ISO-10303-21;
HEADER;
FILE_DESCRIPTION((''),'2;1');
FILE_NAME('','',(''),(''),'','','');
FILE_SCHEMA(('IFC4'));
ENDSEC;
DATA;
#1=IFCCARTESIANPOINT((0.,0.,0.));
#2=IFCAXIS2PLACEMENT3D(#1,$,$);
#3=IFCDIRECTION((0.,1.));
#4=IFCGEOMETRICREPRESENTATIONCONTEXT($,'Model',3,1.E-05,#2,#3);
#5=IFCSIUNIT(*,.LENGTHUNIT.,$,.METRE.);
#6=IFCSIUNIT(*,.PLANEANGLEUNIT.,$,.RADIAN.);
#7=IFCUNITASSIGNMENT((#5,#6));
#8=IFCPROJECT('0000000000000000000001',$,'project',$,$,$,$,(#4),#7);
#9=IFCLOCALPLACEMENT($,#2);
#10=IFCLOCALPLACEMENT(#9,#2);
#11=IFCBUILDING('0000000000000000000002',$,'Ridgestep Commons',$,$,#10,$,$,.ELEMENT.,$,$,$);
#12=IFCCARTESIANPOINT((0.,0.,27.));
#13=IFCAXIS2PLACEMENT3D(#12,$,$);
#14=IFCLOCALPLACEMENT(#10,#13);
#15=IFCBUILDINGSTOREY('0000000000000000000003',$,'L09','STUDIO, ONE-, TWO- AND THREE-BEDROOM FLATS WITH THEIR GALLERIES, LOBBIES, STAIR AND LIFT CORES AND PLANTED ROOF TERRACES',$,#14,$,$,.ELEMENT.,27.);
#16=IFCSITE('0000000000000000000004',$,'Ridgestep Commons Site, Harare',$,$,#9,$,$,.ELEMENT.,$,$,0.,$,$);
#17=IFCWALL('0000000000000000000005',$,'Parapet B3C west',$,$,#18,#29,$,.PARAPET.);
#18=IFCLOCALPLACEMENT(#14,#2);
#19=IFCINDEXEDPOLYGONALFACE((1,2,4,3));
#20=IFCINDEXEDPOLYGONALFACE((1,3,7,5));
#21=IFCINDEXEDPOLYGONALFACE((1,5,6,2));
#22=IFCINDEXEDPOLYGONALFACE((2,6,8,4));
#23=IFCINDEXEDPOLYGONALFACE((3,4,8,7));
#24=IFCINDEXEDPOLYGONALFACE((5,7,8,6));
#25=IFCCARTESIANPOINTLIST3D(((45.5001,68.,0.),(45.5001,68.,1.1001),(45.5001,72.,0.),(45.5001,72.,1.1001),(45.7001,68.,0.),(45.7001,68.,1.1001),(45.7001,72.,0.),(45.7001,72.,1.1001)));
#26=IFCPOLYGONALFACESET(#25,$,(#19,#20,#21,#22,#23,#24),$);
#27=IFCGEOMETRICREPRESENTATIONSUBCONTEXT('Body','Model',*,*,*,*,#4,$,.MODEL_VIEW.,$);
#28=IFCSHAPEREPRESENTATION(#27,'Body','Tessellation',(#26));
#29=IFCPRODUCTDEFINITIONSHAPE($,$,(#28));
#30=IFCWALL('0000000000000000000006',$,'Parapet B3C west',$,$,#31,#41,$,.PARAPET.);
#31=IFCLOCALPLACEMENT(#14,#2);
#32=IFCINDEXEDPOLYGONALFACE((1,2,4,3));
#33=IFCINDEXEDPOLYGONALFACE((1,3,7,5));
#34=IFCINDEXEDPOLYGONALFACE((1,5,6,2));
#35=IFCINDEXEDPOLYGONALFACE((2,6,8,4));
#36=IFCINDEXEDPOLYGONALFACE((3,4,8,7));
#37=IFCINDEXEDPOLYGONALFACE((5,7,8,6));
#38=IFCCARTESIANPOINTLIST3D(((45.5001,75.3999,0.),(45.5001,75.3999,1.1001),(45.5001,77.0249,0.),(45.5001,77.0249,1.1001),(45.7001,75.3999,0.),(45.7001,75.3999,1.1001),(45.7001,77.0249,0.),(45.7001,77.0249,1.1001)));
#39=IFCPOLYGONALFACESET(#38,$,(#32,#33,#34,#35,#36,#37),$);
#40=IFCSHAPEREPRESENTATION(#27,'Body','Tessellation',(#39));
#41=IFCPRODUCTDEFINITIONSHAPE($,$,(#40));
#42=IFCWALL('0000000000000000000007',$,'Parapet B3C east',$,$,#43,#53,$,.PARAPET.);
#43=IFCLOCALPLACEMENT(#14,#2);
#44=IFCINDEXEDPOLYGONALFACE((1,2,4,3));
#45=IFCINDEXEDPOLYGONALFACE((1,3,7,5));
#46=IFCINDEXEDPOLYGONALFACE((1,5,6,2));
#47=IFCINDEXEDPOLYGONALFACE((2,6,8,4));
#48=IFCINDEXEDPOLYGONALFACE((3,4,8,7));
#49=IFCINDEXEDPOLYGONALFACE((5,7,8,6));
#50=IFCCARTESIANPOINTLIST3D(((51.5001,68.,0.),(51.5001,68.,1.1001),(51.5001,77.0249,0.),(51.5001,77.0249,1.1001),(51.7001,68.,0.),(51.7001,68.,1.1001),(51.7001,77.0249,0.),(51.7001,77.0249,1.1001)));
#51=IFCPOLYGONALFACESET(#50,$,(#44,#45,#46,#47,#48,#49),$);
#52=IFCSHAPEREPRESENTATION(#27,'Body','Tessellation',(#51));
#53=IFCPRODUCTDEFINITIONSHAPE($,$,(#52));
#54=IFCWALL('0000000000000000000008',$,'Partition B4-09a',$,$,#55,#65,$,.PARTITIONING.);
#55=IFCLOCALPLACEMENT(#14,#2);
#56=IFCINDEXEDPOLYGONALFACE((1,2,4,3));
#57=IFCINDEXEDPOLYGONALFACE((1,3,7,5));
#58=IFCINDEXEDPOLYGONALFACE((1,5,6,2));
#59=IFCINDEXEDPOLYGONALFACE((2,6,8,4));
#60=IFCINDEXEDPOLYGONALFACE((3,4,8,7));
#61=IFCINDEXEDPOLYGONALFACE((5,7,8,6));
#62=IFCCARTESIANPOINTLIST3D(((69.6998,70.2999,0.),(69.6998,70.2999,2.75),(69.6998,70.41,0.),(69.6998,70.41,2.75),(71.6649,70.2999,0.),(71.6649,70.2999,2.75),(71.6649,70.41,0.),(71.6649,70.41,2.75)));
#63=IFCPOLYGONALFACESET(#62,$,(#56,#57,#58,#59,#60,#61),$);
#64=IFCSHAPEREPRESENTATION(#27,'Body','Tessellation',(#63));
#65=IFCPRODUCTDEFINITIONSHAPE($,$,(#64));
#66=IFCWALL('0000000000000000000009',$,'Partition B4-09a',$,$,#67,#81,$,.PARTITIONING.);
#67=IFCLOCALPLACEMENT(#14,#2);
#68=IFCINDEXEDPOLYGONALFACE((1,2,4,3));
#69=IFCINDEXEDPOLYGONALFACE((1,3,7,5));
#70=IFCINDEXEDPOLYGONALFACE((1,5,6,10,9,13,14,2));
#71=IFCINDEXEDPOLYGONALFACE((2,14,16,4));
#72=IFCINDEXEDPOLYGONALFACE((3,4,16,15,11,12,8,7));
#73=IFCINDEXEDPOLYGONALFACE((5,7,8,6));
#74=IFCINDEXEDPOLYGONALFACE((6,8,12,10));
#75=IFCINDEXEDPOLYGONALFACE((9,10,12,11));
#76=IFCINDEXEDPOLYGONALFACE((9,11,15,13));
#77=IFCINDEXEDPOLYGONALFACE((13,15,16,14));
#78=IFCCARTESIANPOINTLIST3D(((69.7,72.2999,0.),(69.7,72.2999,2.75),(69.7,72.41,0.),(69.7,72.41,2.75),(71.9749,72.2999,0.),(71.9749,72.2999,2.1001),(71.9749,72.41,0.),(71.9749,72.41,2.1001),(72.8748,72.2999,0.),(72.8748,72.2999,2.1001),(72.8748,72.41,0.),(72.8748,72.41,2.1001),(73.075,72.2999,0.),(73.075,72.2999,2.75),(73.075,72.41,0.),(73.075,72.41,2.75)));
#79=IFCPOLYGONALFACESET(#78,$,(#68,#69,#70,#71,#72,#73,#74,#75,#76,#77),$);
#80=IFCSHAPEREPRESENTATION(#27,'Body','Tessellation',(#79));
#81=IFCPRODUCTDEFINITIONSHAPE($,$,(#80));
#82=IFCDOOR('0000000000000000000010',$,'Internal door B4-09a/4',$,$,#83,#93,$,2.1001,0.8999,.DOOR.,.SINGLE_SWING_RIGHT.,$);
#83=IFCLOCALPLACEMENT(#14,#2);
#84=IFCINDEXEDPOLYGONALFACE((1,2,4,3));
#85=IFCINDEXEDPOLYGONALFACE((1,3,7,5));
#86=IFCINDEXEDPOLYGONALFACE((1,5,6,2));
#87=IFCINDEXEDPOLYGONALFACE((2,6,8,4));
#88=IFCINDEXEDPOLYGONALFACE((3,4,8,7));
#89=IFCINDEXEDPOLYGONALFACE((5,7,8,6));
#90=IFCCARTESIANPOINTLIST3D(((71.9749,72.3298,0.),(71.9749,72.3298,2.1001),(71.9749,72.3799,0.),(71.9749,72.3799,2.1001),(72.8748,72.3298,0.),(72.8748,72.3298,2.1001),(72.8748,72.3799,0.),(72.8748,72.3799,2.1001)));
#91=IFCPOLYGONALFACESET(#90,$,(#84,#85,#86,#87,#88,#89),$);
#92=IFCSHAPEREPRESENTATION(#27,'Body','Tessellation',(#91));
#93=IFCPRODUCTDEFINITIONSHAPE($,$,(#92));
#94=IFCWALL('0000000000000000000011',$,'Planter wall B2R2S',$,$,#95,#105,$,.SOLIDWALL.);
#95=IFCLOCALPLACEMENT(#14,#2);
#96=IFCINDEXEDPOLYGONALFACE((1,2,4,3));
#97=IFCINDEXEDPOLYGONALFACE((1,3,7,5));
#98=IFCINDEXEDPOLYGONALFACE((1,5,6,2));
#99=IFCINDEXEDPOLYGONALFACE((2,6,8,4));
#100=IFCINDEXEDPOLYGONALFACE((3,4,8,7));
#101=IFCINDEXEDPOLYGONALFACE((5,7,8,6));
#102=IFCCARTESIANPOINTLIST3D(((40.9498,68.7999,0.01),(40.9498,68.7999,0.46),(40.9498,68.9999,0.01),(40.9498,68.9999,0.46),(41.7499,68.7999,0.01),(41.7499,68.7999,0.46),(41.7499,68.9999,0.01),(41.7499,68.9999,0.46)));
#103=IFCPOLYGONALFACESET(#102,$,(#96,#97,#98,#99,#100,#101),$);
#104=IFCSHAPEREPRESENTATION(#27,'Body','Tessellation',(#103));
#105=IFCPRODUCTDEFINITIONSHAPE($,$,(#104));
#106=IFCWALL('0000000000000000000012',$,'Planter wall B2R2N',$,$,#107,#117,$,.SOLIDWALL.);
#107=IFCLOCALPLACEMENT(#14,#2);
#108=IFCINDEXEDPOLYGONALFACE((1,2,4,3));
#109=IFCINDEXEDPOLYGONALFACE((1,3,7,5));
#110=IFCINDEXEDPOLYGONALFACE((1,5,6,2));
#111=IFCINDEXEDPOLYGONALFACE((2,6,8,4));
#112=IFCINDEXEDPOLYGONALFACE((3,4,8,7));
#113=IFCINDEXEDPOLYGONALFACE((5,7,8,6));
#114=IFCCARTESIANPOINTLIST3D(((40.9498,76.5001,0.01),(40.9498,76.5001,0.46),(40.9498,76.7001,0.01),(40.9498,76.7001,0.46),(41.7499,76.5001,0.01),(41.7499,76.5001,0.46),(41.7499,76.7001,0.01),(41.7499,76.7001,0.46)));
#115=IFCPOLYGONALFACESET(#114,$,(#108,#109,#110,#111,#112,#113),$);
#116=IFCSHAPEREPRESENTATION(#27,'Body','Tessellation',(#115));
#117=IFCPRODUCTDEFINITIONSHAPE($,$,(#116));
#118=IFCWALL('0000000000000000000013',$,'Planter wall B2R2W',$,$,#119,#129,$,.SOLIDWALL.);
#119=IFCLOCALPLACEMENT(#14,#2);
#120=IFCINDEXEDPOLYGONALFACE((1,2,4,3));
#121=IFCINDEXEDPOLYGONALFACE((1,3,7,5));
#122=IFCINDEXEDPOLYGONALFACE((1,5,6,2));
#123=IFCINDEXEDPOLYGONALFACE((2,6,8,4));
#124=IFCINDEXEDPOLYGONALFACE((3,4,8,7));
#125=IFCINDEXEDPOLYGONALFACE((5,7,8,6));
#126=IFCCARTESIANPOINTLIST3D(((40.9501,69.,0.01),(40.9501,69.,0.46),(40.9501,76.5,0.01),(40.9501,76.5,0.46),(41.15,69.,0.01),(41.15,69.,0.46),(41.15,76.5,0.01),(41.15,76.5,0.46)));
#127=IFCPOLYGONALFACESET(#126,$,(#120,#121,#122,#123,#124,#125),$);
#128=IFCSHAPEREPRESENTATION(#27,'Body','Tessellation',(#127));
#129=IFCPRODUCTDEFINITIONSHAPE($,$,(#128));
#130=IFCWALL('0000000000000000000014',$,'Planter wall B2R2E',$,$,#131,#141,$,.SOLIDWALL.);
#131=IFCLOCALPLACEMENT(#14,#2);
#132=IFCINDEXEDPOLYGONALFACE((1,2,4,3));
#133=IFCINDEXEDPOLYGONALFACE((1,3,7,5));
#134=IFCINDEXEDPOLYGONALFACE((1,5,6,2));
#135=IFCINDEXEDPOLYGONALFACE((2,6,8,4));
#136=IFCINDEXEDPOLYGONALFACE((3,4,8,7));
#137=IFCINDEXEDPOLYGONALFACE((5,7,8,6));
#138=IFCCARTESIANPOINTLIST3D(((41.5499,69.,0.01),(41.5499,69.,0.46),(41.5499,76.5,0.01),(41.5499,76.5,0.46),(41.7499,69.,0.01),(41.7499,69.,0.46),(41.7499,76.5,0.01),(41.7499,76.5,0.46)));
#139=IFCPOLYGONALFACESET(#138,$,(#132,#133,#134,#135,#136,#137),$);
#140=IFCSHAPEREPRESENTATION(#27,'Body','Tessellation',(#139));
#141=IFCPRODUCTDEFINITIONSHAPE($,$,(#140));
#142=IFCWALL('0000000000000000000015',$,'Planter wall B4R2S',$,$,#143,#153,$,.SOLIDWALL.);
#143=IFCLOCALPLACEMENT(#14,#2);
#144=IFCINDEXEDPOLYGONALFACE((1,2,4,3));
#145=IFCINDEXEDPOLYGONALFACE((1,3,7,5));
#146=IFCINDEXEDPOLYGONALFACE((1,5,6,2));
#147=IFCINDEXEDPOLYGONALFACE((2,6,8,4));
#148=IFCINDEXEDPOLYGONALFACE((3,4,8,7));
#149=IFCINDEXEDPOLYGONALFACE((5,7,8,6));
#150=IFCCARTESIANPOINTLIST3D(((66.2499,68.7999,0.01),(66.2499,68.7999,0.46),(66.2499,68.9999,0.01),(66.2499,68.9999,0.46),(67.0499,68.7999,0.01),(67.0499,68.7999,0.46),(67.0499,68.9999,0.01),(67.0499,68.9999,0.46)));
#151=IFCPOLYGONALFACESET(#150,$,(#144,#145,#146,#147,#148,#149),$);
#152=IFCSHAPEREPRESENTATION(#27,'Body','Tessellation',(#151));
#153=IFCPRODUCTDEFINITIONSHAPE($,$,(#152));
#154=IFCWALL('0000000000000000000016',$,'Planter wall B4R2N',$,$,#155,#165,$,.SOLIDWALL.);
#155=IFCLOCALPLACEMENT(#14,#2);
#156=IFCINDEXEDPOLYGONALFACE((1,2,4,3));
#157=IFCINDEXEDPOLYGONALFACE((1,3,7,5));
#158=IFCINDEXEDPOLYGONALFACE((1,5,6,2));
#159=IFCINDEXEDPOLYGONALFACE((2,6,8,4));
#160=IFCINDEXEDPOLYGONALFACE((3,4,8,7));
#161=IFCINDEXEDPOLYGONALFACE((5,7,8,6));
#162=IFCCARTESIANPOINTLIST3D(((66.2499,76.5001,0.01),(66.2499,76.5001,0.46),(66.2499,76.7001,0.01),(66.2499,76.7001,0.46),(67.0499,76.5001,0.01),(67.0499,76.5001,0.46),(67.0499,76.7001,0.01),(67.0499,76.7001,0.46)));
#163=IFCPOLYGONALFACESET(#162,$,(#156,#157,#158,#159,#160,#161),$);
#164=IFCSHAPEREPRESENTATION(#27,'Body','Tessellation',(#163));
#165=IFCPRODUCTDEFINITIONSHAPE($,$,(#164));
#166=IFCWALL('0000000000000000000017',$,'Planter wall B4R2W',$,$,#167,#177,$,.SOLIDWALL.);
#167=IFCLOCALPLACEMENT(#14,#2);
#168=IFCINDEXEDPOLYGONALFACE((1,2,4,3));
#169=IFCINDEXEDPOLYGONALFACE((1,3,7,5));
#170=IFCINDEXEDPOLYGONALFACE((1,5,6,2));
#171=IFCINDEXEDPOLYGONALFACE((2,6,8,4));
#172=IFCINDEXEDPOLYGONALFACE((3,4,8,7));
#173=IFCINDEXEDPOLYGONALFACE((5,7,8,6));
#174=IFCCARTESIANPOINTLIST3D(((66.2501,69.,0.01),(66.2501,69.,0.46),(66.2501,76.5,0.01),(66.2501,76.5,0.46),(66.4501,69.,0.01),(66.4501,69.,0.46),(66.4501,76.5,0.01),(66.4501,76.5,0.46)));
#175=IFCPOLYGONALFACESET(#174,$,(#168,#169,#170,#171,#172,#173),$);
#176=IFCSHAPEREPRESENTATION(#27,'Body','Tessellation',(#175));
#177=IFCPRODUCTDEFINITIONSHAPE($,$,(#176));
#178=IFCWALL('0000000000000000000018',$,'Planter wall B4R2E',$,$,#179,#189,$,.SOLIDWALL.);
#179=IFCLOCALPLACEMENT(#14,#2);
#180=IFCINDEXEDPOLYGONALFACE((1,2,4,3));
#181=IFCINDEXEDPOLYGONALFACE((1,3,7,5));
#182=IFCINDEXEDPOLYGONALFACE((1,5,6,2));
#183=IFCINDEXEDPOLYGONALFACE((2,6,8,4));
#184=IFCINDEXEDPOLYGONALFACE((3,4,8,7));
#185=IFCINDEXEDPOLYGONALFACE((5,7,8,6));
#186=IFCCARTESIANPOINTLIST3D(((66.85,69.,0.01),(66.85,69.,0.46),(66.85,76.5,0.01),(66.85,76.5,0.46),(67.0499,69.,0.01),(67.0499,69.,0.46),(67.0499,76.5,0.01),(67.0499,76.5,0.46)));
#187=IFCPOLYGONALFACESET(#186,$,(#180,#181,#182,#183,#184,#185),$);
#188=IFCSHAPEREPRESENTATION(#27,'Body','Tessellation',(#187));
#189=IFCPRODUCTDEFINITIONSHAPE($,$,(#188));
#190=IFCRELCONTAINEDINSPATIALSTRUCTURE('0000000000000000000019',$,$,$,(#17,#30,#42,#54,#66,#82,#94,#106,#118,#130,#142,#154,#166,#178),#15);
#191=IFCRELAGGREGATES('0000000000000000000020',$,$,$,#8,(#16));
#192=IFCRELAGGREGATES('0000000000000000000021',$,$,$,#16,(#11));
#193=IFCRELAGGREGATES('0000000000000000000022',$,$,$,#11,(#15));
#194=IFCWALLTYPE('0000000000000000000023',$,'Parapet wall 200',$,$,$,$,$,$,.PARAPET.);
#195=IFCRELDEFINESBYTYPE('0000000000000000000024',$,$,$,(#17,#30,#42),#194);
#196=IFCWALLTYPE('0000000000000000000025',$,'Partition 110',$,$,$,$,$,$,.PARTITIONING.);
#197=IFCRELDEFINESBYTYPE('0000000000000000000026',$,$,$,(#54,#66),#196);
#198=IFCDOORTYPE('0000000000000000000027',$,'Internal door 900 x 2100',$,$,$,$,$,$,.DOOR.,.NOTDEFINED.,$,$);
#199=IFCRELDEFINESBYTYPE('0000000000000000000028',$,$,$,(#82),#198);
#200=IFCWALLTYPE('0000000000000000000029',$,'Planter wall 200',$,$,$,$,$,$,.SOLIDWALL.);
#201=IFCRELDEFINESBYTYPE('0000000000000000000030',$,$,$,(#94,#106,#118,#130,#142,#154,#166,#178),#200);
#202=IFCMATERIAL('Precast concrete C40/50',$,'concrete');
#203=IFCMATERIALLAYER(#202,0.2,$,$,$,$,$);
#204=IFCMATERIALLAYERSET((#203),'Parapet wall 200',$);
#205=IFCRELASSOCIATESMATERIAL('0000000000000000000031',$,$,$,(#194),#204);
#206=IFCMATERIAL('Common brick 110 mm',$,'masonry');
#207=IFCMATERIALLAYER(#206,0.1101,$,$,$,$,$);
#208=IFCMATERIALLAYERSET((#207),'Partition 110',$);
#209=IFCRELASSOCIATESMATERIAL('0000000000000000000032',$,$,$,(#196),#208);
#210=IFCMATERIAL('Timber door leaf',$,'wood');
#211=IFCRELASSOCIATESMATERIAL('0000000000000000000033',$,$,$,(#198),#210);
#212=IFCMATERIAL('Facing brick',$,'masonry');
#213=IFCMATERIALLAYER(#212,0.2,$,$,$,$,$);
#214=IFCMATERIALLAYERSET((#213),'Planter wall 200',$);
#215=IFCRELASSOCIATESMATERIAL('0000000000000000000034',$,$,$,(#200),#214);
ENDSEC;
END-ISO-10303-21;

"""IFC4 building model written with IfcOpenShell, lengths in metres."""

from ifc_helpers import new_model, si_unit, direction, frame, frame_2d, origin, place, context, subcontext, project, spatial, rectangle, extrude, material, layer, layer_set, type_object, element, fill, save


model = new_model("IFC4")

# Units and contexts
model_context = context("Model", 3, precision=1e-05, world=origin(), true_north=direction((0.0, 1.0)))
body_context = subcontext(model_context, "Body", "Model", "MODEL_VIEW")
ifc_project = project(units=[si_unit("LENGTHUNIT", "METRE"), si_unit("PLANEANGLEUNIT", "RADIAN")], contexts=[model_context])

# Site, building, storey
site_placement = place(None, origin())
site = spatial("IfcSite", under=ifc_project, at=site_placement, Name="Ridgestep Commons Site, Harare", CompositionType="ELEMENT", RefElevation=0.0)
building_placement = place(site_placement, origin())
building = spatial("IfcBuilding", under=site, at=building_placement, Name="Ridgestep Commons", CompositionType="ELEMENT")
storey_placement = place(building_placement, frame((0.0, 0.0, 27.0)))
storey = spatial("IfcBuildingStorey", under=building, at=storey_placement, Name="L09", Description="STUDIO, ONE-, TWO- AND THREE-BEDROOM FLATS WITH THEIR GALLERIES, LOBBIES, STAIR AND LIFT CORES AND PLANTED ROOF TERRACES", CompositionType="ELEMENT", Elevation=27.0)

# Walls
ifc_material_1 = material(Name="Precast concrete C40/50", Category="concrete")
ifc_layer_1 = layer(ifc_material_1, 0.2)
ifc_layer_set_1 = layer_set([ifc_layer_1], Name="Parapet wall 200")
wall_type_1 = type_object("IfcWallType", Name="Parapet wall 200", PredefinedType="PARAPET", material=ifc_layer_set_1)
wall_1_placement = place(storey_placement, frame((45.6001, 68.0, 0.0), z_axis=(0.0, 0.0, 1.0), x_axis=(0.0, 1.0, 0.0)))
element("IfcWall", 1, at=wall_1_placement, inside=storey, type_object=wall_type_1, Name="Parapet B3C west", PredefinedType="PARAPET", context=body_context, shape_type="SweptSolid", body=[
    extrude(rectangle(XDim=4.0, YDim=0.2, at=frame_2d((2.0, 0.0))), origin(), (0.0, 0.0, 1.0), 1.1001),
])
wall_2_placement = place(storey_placement, frame((45.6001, 75.3999, 0.0), z_axis=(0.0, 0.0, 1.0), x_axis=(0.0, 1.0, 0.0)))
element("IfcWall", 2, at=wall_2_placement, inside=storey, type_object=wall_type_1, Name="Parapet B3C west", PredefinedType="PARAPET", context=body_context, shape_type="SweptSolid", body=[
    extrude(rectangle(XDim=1.625, YDim=0.2, at=frame_2d((0.8125, 0.0))), origin(), (0.0, 0.0, 1.0), 1.1001),
])
wall_3_placement = place(storey_placement, frame((51.6001, 68.0, 0.0), z_axis=(0.0, 0.0, 1.0), x_axis=(0.0, 1.0, 0.0)))
element("IfcWall", 3, at=wall_3_placement, inside=storey, type_object=wall_type_1, Name="Parapet B3C east", PredefinedType="PARAPET", context=body_context, shape_type="SweptSolid", body=[
    extrude(rectangle(XDim=9.0249, YDim=0.2, at=frame_2d((4.5125, 0.0))), origin(), (0.0, 0.0, 1.0), 1.1001),
])
ifc_material_2 = material(Name="Common brick 110 mm", Category="masonry")
ifc_layer_2 = layer(ifc_material_2, 0.1101)
ifc_layer_set_2 = layer_set([ifc_layer_2], Name="Partition 110")
wall_type_2 = type_object("IfcWallType", Name="Partition 110", PredefinedType="PARTITIONING", material=ifc_layer_set_2)
wall_4_placement = place(storey_placement, frame((69.7, 70.355, 0.0), z_axis=(0.0, 0.0, 1.0), x_axis=(1.0, 0.0, 0.0)))
element("IfcWall", 4, at=wall_4_placement, inside=storey, type_object=wall_type_2, Name="Partition B4-09a", PredefinedType="PARTITIONING", context=body_context, shape_type="SweptSolid", body=[
    extrude(rectangle(XDim=1.9651, YDim=0.1101, at=frame_2d((0.9824, 0.0))), origin(), (0.0, 0.0, 1.0), 2.75),
])

# Wall, opening, door
wall_5_placement = place(storey_placement, frame((69.7, 72.355, 0.0), z_axis=(0.0, 0.0, 1.0), x_axis=(1.0, 0.0, 0.0)))
wall_5 = element("IfcWall", 5, at=wall_5_placement, inside=storey, type_object=wall_type_2, Name="Partition B4-09a", PredefinedType="PARTITIONING", context=body_context, shape_type="SweptSolid", body=[
    extrude(rectangle(XDim=3.375, YDim=0.1101, at=frame_2d((1.6875, 0.0))), origin(), (0.0, 0.0, 1.0), 2.75),
])
opening_1_placement = place(wall_5_placement, frame((2.2749, 0.0, 0.0)))
opening_1 = element("IfcOpeningElement", 6, at=opening_1_placement, cuts=wall_5, PredefinedType="OPENING", context=body_context, shape_type="SweptSolid", body=[
    extrude(rectangle(XDim=0.8999, YDim=2.1001, at=frame_2d((0.45, 1.05))), frame((0.0, 0.0649, 0.0), z_axis=(0.0, -1.0, 0.0), x_axis=(1.0, 0.0, 0.0)), (0.0, 0.0, 1.0), 0.1301),
])
ifc_material_3 = material(Name="Timber door leaf", Category="wood")
door_type_1 = type_object("IfcDoorType", Name="Internal door 900 x 2100", OperationType="NOTDEFINED", PredefinedType="DOOR", material=ifc_material_3)
door_1_placement = place(opening_1_placement, origin())
door_1 = element("IfcDoor", 7, at=door_1_placement, inside=storey, type_object=door_type_1, Name="Internal door B4-09a/4", OperationType="SINGLE_SWING_RIGHT", OverallHeight=2.1001, OverallWidth=0.8999, PredefinedType="DOOR", context=body_context, shape_type="SweptSolid", body=[
    extrude(rectangle(XDim=0.8999, YDim=2.1001, at=frame_2d((0.45, 1.05))), frame((0.0, 0.0249, 0.0), z_axis=(0.0, -1.0, 0.0), x_axis=(1.0, 0.0, 0.0)), (0.0, 0.0, 1.0), 0.05),
])
fill(opening_1, door_1)

# Walls
ifc_material_4 = material(Name="Facing brick", Category="masonry")
ifc_layer_3 = layer(ifc_material_4, 0.2)
ifc_layer_set_3 = layer_set([ifc_layer_3], Name="Planter wall 200")
wall_type_3 = type_object("IfcWallType", Name="Planter wall 200", PredefinedType="SOLIDWALL", material=ifc_layer_set_3)
for number, where, z_axis, x_axis, name in (
    (8, (40.95, 68.8999, 0.01), (0.0, 0.0, 1.0), (1.0, 0.0, 0.0), "Planter wall B2R2S"),
    (9, (40.95, 76.6001, 0.01), (0.0, 0.0, 1.0), (1.0, 0.0, 0.0), "Planter wall B2R2N"),
):
    element("IfcWall", number, at=place(storey_placement, frame(where, z_axis=z_axis, x_axis=x_axis)), inside=storey, type_object=wall_type_3, Name=name, PredefinedType="SOLIDWALL", context=body_context, shape_type="SweptSolid", body=[
        extrude(rectangle(XDim=0.8, YDim=0.2, at=frame_2d((0.3999, 0.0))), origin(), (0.0, 0.0, 1.0), 0.45),
    ])
for number, where, z_axis, x_axis, name in (
    (10, (41.05, 69.0, 0.01), (0.0, 0.0, 1.0), (0.0, 1.0, 0.0), "Planter wall B2R2W"),
    (11, (41.6499, 69.0, 0.01), (0.0, 0.0, 1.0), (0.0, 1.0, 0.0), "Planter wall B2R2E"),
):
    element("IfcWall", number, at=place(storey_placement, frame(where, z_axis=z_axis, x_axis=x_axis)), inside=storey, type_object=wall_type_3, Name=name, PredefinedType="SOLIDWALL", context=body_context, shape_type="SweptSolid", body=[
        extrude(rectangle(XDim=7.5, YDim=0.2, at=frame_2d((3.75, 0.0))), origin(), (0.0, 0.0, 1.0), 0.45),
    ])
for number, where, z_axis, x_axis, name in (
    (12, (66.25, 68.8999, 0.01), (0.0, 0.0, 1.0), (1.0, 0.0, 0.0), "Planter wall B4R2S"),
    (13, (66.25, 76.6001, 0.01), (0.0, 0.0, 1.0), (1.0, 0.0, 0.0), "Planter wall B4R2N"),
):
    element("IfcWall", number, at=place(storey_placement, frame(where, z_axis=z_axis, x_axis=x_axis)), inside=storey, type_object=wall_type_3, Name=name, PredefinedType="SOLIDWALL", context=body_context, shape_type="SweptSolid", body=[
        extrude(rectangle(XDim=0.8, YDim=0.2, at=frame_2d((0.3999, 0.0))), origin(), (0.0, 0.0, 1.0), 0.45),
    ])
for number, where, z_axis, x_axis, name in (
    (14, (66.3501, 69.0, 0.01), (0.0, 0.0, 1.0), (0.0, 1.0, 0.0), "Planter wall B4R2W"),
    (15, (66.95, 69.0, 0.01), (0.0, 0.0, 1.0), (0.0, 1.0, 0.0), "Planter wall B4R2E"),
):
    element("IfcWall", number, at=place(storey_placement, frame(where, z_axis=z_axis, x_axis=x_axis)), inside=storey, type_object=wall_type_3, Name=name, PredefinedType="SOLIDWALL", context=body_context, shape_type="SweptSolid", body=[
        extrude(rectangle(XDim=7.5, YDim=0.2, at=frame_2d((3.75, 0.0))), origin(), (0.0, 0.0, 1.0), 0.45),
    ])

save(model, "model.ifc")
